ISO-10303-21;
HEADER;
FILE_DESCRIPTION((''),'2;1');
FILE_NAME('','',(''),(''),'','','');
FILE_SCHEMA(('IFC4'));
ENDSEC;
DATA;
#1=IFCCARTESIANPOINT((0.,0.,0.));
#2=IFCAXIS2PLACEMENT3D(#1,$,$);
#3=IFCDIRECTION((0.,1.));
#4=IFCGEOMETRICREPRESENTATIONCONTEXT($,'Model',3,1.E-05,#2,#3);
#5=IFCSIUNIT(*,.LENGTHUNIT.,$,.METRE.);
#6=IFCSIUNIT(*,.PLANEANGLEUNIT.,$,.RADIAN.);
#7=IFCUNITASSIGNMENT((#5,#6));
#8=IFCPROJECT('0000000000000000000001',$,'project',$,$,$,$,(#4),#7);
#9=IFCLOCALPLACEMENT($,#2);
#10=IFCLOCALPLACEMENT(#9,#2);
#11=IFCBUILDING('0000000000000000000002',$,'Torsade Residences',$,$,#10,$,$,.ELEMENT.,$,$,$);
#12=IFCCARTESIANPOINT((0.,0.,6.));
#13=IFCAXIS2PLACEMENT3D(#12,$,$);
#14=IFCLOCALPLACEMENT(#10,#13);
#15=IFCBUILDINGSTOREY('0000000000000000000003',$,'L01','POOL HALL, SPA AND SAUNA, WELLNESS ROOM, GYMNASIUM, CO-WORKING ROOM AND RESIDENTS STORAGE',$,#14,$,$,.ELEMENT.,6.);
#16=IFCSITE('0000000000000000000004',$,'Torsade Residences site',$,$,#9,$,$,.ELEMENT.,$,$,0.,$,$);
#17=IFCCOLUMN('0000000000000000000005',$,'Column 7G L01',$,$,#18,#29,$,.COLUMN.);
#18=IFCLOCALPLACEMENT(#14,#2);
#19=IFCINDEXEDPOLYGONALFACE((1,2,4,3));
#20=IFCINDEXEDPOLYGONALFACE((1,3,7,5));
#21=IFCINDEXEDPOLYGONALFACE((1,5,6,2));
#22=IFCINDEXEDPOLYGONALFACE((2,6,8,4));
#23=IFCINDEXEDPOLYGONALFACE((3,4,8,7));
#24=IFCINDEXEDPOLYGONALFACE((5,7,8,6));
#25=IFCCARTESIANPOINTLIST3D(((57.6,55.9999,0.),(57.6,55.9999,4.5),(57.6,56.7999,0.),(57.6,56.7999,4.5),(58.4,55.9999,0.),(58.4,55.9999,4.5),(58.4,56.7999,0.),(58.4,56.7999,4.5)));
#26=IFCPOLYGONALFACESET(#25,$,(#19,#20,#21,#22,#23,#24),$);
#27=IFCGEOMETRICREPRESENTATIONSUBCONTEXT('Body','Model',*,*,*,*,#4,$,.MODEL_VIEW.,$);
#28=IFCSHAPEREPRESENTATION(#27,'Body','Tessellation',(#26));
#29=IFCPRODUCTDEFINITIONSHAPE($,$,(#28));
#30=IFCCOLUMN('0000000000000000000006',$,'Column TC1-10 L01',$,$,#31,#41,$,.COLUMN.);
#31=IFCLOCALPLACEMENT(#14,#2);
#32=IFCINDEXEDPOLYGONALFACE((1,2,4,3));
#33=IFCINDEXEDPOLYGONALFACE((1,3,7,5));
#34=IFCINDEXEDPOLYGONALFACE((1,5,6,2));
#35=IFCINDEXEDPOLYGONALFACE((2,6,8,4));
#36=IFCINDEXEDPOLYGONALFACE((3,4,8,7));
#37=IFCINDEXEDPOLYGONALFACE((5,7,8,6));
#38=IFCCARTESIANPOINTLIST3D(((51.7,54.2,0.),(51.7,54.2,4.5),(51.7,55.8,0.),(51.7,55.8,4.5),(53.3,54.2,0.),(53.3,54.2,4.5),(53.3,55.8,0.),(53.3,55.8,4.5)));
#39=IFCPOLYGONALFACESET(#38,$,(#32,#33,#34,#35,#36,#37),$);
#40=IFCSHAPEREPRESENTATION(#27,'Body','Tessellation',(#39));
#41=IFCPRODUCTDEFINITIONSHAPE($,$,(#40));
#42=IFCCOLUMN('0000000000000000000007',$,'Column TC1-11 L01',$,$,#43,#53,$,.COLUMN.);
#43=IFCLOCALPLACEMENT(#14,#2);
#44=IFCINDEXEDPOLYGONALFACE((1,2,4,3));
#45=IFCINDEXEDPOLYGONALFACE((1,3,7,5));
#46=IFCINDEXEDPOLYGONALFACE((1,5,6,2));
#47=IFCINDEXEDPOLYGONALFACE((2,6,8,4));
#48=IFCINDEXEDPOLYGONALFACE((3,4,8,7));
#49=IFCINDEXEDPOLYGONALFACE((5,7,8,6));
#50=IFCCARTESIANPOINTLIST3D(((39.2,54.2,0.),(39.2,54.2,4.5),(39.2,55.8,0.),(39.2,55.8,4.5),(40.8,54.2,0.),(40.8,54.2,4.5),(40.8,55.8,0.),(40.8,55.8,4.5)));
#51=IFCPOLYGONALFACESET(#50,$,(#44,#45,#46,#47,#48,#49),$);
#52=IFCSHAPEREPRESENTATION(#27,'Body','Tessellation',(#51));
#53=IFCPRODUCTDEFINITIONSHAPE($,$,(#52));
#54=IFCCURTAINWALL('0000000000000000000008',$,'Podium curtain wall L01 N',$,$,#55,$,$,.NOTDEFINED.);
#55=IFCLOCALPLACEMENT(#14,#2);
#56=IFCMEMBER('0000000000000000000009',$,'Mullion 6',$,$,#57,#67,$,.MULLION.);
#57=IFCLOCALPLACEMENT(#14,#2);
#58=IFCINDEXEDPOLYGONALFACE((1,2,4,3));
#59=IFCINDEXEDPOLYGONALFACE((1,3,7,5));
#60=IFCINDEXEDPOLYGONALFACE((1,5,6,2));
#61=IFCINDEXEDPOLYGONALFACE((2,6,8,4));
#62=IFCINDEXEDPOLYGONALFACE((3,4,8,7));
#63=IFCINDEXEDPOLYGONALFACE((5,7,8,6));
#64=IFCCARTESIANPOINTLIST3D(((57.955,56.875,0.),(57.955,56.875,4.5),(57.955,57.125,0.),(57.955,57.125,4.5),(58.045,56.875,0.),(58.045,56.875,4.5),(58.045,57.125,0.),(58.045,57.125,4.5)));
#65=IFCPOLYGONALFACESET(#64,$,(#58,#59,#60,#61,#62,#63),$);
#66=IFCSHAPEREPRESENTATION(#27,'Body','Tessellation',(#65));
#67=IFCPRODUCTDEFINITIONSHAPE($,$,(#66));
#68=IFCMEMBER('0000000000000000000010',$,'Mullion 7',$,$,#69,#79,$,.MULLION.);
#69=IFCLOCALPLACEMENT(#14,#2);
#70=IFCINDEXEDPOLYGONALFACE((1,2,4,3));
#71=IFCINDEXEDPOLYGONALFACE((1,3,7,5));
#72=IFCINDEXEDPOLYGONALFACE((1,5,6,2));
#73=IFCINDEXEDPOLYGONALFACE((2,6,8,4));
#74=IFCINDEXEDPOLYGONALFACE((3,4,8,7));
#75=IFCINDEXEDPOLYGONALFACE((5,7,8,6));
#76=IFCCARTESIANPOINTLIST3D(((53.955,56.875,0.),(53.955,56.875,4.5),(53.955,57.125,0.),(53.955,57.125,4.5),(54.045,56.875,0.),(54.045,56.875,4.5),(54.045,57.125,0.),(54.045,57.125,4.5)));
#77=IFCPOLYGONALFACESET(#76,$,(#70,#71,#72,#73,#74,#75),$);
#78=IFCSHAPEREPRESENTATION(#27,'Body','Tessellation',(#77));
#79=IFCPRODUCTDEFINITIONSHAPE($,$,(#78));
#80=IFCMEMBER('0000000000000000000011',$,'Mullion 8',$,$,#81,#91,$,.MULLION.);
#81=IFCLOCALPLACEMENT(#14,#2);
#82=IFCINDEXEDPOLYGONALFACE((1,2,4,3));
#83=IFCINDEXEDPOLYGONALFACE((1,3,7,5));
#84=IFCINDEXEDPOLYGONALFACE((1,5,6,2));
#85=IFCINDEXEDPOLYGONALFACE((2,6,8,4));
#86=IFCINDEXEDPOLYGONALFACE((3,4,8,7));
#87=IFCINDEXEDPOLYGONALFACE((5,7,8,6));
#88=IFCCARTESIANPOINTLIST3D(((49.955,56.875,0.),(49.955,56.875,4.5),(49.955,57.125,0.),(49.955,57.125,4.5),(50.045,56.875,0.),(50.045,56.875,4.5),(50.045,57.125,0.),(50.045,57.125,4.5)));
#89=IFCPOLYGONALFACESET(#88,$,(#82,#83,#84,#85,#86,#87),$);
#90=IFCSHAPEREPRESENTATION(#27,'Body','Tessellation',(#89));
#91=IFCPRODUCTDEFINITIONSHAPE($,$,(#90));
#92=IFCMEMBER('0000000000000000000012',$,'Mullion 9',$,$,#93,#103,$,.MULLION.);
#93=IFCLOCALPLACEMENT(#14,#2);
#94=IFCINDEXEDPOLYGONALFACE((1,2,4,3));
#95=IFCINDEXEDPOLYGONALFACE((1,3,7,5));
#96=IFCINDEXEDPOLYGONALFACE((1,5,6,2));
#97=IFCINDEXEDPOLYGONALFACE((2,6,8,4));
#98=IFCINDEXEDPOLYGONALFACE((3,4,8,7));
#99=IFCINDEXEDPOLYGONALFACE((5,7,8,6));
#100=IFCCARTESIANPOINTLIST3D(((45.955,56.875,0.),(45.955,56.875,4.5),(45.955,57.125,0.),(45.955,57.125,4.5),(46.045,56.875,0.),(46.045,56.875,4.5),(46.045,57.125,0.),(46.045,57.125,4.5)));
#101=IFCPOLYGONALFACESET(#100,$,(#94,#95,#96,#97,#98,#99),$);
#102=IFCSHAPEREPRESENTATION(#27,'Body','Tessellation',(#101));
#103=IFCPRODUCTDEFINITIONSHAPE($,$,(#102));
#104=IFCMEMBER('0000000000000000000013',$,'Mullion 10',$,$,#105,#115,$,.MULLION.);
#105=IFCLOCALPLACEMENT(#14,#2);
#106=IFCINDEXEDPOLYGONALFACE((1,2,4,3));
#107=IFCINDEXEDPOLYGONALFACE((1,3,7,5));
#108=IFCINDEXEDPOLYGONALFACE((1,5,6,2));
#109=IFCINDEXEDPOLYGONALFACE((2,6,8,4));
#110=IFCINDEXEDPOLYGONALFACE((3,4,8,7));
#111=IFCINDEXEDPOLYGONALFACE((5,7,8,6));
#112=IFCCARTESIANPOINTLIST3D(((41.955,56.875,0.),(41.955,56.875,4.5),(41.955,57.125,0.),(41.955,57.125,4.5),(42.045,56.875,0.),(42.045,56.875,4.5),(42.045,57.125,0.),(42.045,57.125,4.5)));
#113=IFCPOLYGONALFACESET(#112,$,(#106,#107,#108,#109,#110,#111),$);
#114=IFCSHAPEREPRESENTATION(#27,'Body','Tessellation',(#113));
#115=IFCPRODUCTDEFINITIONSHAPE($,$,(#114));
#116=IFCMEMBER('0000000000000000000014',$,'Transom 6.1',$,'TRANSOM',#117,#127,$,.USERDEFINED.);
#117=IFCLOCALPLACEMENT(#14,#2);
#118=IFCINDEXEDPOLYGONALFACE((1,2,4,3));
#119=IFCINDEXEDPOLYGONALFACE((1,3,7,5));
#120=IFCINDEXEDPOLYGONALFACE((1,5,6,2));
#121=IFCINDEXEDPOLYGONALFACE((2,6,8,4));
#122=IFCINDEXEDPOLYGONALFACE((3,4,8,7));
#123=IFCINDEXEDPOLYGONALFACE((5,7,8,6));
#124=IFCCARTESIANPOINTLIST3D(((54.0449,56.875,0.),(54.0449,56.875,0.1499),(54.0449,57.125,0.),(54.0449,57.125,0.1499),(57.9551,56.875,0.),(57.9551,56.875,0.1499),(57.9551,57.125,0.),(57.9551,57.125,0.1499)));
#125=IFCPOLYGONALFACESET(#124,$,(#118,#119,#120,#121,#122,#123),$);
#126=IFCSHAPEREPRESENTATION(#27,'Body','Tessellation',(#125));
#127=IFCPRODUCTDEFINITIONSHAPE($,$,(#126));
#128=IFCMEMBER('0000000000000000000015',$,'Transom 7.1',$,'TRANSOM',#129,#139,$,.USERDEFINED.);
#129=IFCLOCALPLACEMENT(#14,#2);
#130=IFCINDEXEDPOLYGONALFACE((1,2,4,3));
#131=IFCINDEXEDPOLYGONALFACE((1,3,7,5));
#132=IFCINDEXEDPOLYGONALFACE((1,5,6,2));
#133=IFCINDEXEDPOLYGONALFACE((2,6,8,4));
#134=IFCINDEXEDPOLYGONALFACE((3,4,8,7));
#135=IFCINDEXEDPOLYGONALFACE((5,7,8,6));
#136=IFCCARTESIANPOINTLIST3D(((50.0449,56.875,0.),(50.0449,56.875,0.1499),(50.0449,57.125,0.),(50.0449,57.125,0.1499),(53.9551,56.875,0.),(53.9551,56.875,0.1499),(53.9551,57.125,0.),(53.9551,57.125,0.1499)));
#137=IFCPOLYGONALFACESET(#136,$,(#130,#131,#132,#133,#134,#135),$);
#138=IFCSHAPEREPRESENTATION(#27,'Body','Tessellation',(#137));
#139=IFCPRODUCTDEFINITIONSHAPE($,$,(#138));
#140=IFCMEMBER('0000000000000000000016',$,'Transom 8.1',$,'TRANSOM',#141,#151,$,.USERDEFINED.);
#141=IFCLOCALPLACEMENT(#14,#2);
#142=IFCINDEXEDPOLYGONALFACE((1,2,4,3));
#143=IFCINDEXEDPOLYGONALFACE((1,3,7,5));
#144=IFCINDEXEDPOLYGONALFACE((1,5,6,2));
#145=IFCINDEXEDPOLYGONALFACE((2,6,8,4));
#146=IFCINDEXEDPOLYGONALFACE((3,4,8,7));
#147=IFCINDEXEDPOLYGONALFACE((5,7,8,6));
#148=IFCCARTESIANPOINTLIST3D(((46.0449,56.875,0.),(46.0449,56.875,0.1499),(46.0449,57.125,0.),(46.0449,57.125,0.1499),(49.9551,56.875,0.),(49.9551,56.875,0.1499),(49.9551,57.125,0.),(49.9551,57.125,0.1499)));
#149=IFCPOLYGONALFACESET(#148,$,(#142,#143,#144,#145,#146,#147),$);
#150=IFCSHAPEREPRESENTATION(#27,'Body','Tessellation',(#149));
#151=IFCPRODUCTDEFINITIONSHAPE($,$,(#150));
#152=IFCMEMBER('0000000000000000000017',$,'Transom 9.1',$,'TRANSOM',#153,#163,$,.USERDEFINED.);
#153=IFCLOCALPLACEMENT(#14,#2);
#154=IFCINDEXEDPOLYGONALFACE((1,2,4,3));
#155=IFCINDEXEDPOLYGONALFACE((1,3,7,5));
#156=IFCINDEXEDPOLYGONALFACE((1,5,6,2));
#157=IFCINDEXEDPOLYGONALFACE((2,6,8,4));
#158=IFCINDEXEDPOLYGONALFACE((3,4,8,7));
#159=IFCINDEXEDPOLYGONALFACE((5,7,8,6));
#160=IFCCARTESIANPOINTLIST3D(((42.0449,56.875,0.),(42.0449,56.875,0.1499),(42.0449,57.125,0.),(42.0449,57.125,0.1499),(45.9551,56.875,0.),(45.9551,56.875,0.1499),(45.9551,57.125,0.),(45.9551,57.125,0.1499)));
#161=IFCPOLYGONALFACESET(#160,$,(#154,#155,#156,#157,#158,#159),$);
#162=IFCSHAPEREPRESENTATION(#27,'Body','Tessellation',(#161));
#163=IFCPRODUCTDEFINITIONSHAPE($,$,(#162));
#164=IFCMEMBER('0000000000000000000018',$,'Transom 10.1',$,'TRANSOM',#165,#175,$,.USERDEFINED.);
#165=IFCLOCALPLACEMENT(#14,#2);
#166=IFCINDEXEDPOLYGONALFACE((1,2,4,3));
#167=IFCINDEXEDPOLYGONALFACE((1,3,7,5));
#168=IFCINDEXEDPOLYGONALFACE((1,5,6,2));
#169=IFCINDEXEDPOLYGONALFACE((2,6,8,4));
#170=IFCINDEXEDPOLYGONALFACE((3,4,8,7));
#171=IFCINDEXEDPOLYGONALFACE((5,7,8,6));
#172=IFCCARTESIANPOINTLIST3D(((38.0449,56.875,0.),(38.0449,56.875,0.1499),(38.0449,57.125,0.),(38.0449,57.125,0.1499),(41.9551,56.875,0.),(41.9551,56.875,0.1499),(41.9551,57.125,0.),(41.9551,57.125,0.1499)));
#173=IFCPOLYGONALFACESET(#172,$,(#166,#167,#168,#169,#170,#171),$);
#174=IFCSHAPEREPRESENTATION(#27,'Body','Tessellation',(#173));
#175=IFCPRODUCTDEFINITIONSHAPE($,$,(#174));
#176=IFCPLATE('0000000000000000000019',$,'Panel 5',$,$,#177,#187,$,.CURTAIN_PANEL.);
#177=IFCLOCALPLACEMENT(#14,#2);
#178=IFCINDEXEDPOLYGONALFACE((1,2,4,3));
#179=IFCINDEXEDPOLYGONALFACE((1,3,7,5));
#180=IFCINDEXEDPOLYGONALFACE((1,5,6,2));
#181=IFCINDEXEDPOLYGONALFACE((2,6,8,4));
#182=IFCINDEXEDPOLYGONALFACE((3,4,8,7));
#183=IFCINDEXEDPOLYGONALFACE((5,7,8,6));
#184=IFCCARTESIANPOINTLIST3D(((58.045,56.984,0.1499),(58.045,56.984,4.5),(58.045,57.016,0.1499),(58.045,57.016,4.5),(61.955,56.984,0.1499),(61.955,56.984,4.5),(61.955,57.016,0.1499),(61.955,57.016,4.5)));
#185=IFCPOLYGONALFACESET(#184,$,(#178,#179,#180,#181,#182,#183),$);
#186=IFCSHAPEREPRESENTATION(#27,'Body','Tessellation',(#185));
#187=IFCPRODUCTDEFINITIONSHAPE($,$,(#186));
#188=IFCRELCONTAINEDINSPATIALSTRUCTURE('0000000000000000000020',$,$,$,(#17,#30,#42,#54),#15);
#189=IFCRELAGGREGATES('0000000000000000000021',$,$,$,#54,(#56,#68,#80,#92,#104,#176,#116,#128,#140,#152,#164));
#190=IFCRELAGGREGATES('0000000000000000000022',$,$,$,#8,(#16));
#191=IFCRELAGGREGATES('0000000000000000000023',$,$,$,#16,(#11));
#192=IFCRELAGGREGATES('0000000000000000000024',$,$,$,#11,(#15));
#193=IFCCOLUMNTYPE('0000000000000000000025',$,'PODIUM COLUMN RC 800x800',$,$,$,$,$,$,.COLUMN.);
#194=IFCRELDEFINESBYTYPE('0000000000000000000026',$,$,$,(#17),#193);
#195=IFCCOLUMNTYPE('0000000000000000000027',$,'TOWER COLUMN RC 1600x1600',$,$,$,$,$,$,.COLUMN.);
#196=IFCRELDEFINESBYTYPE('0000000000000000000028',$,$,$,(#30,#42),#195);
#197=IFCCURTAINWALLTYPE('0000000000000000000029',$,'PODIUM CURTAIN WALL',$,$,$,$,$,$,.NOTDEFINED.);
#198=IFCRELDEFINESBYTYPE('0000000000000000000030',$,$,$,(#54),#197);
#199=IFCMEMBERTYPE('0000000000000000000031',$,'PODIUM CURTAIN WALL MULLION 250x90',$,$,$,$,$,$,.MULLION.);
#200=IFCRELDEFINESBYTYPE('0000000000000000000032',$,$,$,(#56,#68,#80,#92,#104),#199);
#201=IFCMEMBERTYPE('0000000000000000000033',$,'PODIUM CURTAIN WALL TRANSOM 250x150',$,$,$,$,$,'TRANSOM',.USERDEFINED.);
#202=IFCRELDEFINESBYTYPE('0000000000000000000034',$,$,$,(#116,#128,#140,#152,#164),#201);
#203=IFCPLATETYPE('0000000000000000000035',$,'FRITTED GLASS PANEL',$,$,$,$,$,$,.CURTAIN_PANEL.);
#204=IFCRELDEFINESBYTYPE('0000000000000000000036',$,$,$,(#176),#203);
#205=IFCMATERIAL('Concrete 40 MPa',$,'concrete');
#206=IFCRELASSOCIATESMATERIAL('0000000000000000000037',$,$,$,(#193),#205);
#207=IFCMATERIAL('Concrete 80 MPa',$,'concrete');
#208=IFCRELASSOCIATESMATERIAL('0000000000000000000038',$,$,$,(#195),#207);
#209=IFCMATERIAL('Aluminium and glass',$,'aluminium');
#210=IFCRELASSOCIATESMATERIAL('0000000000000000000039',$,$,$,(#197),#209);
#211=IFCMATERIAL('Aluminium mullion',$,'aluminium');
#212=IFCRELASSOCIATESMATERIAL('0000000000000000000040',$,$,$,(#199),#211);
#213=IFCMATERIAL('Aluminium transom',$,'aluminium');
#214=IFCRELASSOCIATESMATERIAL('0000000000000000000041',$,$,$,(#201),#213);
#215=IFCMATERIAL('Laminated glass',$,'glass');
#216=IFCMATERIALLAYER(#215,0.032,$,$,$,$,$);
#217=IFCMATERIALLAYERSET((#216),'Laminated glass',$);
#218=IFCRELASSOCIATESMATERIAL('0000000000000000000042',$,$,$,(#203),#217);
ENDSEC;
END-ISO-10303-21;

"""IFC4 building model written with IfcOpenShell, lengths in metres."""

from ifc_helpers import new_model, si_unit, direction, frame, origin, origin_2d, place, context, subcontext, project, spatial, rectangle, extrude, material, layer, layer_set, material_profile, profile_set, type_object, element, aggregate, save


model = new_model("IFC4")

# Units and contexts
model_context = context("Model", 3, precision=1e-05, world=origin(), true_north=direction((0.0, 1.0)))
body_context = subcontext(model_context, "Body", "Model", "MODEL_VIEW")
ifc_project = project(units=[si_unit("LENGTHUNIT", "METRE"), si_unit("PLANEANGLEUNIT", "RADIAN")], contexts=[model_context])

# Site, building, storey
site_placement = place(None, origin())
site = spatial("IfcSite", under=ifc_project, at=site_placement, Name="Torsade Residences site", CompositionType="ELEMENT", RefElevation=0.0)
building_placement = place(site_placement, origin())
building = spatial("IfcBuilding", under=site, at=building_placement, Name="Torsade Residences", CompositionType="ELEMENT")
storey_placement = place(building_placement, frame((0.0, 0.0, 6.0)))
storey = spatial("IfcBuildingStorey", under=building, at=storey_placement, Name="L01", Description="POOL HALL, SPA AND SAUNA, WELLNESS ROOM, GYMNASIUM, CO-WORKING ROOM AND RESIDENTS STORAGE", CompositionType="ELEMENT", Elevation=6.0)

# Columns
ifc_material_1 = material(Name="Concrete 40 MPa", Category="concrete")
ifc_material_profile_1 = material_profile(ifc_material_1, rectangle(XDim=0.8, YDim=0.8, at=origin_2d()), Name="RC 800x800")
ifc_profile_set_1 = profile_set([ifc_material_profile_1], Name="Concrete 40 MPa")
column_type_1 = type_object("IfcColumnType", Name="PODIUM COLUMN RC 800x800", PredefinedType="COLUMN", material=ifc_profile_set_1)
column_placement = place(storey_placement, frame((58.0, 56.3999, 0.0), z_axis=(0.0, 0.0, 1.0), x_axis=(1.0, 0.0, 0.0)))
element("IfcColumn", 1, at=column_placement, inside=storey, type_object=column_type_1, Name="Column 7G L01", PredefinedType="COLUMN", context=body_context, shape_type="SweptSolid", body=[
    extrude(rectangle(XDim=0.8, YDim=0.8, at=origin_2d()), origin(), (0.0, 0.0, 1.0), 4.5),
])
ifc_material_2 = material(Name="Concrete 80 MPa", Category="concrete")
ifc_material_profile_2 = material_profile(ifc_material_2, rectangle(XDim=1.6001, YDim=1.6001, at=origin_2d()), Name="RC 1600x1600")
ifc_profile_set_2 = profile_set([ifc_material_profile_2], Name="Concrete 80 MPa")
column_type_2 = type_object("IfcColumnType", Name="TOWER COLUMN RC 1600x1600", PredefinedType="COLUMN", material=ifc_profile_set_2)
for number, where, z_axis, x_axis, name in (
    (2, (52.5, 55.0, 0.0), (0.0, 0.0, 1.0), (1.0, 0.0, 0.0), "Column TC1-10 L01"),
    (3, (40.0, 55.0, 0.0), (0.0, 0.0, 1.0), (1.0, 0.0, 0.0), "Column TC1-11 L01"),
):
    element("IfcColumn", number, at=place(storey_placement, frame(where, z_axis=z_axis, x_axis=x_axis)), inside=storey, type_object=column_type_2, Name=name, PredefinedType="COLUMN", context=body_context, shape_type="SweptSolid", body=[
        extrude(rectangle(XDim=1.6001, YDim=1.6001, at=origin_2d()), origin(), (0.0, 0.0, 1.0), 4.5),
    ])

# Curtain wall, members, plate
ifc_material_3 = material(Name="Aluminium and glass", Category="aluminium")
curtain_wall_type = type_object("IfcCurtainWallType", Name="PODIUM CURTAIN WALL", PredefinedType="NOTDEFINED", material=ifc_material_3)
curtain_wall_placement = place(storey_placement, origin())
curtain_wall = element("IfcCurtainWall", 4, at=curtain_wall_placement, inside=storey, type_object=curtain_wall_type, Name="Podium curtain wall L01 N", PredefinedType="NOTDEFINED")
ifc_material_4 = material(Name="Aluminium mullion", Category="aluminium")
ifc_material_profile_3 = material_profile(ifc_material_4, rectangle(XDim=0.25, YDim=0.0901, at=origin_2d()), Name="PODIUM CURTAIN WALL MULLION 250x90")
ifc_profile_set_3 = profile_set([ifc_material_profile_3], Name="Aluminium mullion")
member_type_1 = type_object("IfcMemberType", Name="PODIUM CURTAIN WALL MULLION 250x90", PredefinedType="MULLION", material=ifc_profile_set_3)
member_1_placement = place(storey_placement, frame((58.0, 57.0, 0.0), z_axis=(0.0, 0.0, 1.0), x_axis=(0.0, -1.0, 0.0)))
member_1 = element("IfcMember", 5, at=member_1_placement, type_object=member_type_1, Name="Mullion 6", PredefinedType="MULLION", context=body_context, shape_type="SweptSolid", body=[
    extrude(rectangle(XDim=0.25, YDim=0.0901, at=origin_2d()), origin(), (0.0, 0.0, 1.0), 4.5),
])
member_2_placement = place(storey_placement, frame((54.0, 57.0, 0.0), z_axis=(0.0, 0.0, 1.0), x_axis=(0.0, -1.0, 0.0)))
member_2 = element("IfcMember", 6, at=member_2_placement, type_object=member_type_1, Name="Mullion 7", PredefinedType="MULLION", context=body_context, shape_type="SweptSolid", body=[
    extrude(rectangle(XDim=0.25, YDim=0.0901, at=origin_2d()), origin(), (0.0, 0.0, 1.0), 4.5),
])
member_3_placement = place(storey_placement, frame((50.0, 57.0, 0.0), z_axis=(0.0, 0.0, 1.0), x_axis=(0.0, -1.0, 0.0)))
member_3 = element("IfcMember", 7, at=member_3_placement, type_object=member_type_1, Name="Mullion 8", PredefinedType="MULLION", context=body_context, shape_type="SweptSolid", body=[
    extrude(rectangle(XDim=0.25, YDim=0.0901, at=origin_2d()), origin(), (0.0, 0.0, 1.0), 4.5),
])
member_4_placement = place(storey_placement, frame((46.0, 57.0, 0.0), z_axis=(0.0, 0.0, 1.0), x_axis=(0.0, -1.0, 0.0)))
member_4 = element("IfcMember", 8, at=member_4_placement, type_object=member_type_1, Name="Mullion 9", PredefinedType="MULLION", context=body_context, shape_type="SweptSolid", body=[
    extrude(rectangle(XDim=0.25, YDim=0.0901, at=origin_2d()), origin(), (0.0, 0.0, 1.0), 4.5),
])
member_5_placement = place(storey_placement, frame((42.0, 57.0, 0.0), z_axis=(0.0, 0.0, 1.0), x_axis=(0.0, -1.0, 0.0)))
member_5 = element("IfcMember", 9, at=member_5_placement, type_object=member_type_1, Name="Mullion 10", PredefinedType="MULLION", context=body_context, shape_type="SweptSolid", body=[
    extrude(rectangle(XDim=0.25, YDim=0.0901, at=origin_2d()), origin(), (0.0, 0.0, 1.0), 4.5),
])
ifc_material_5 = material(Name="Aluminium transom", Category="aluminium")
ifc_material_profile_4 = material_profile(ifc_material_5, rectangle(XDim=0.25, YDim=0.1499, at=origin_2d()), Name="PODIUM CURTAIN WALL TRANSOM 250x150")
ifc_profile_set_4 = profile_set([ifc_material_profile_4], Name="Aluminium transom")
member_type_2 = type_object("IfcMemberType", Name="PODIUM CURTAIN WALL TRANSOM 250x150", ElementType="TRANSOM", PredefinedType="USERDEFINED", material=ifc_profile_set_4)
member_6_placement = place(storey_placement, frame((57.9551, 57.0, 0.075), z_axis=(-1.0, 0.0, 0.0), x_axis=(0.0, -1.0, 0.0)))
member_6 = element("IfcMember", 10, at=member_6_placement, type_object=member_type_2, Name="Transom 6.1", ObjectType="TRANSOM", PredefinedType="USERDEFINED", context=body_context, shape_type="SweptSolid", body=[
    extrude(rectangle(XDim=0.25, YDim=0.1499, at=origin_2d()), origin(), (0.0, 0.0, 1.0), 3.9102),
])
member_7_placement = place(storey_placement, frame((53.9551, 57.0, 0.075), z_axis=(-1.0, 0.0, 0.0), x_axis=(0.0, -1.0, 0.0)))
member_7 = element("IfcMember", 11, at=member_7_placement, type_object=member_type_2, Name="Transom 7.1", ObjectType="TRANSOM", PredefinedType="USERDEFINED", context=body_context, shape_type="SweptSolid", body=[
    extrude(rectangle(XDim=0.25, YDim=0.1499, at=origin_2d()), origin(), (0.0, 0.0, 1.0), 3.9102),
])
member_8_placement = place(storey_placement, frame((49.9551, 57.0, 0.075), z_axis=(-1.0, 0.0, 0.0), x_axis=(0.0, -1.0, 0.0)))
member_8 = element("IfcMember", 12, at=member_8_placement, type_object=member_type_2, Name="Transom 8.1", ObjectType="TRANSOM", PredefinedType="USERDEFINED", context=body_context, shape_type="SweptSolid", body=[
    extrude(rectangle(XDim=0.25, YDim=0.1499, at=origin_2d()), origin(), (0.0, 0.0, 1.0), 3.9102),
])
member_9_placement = place(storey_placement, frame((45.9551, 57.0, 0.075), z_axis=(-1.0, 0.0, 0.0), x_axis=(0.0, -1.0, 0.0)))
member_9 = element("IfcMember", 13, at=member_9_placement, type_object=member_type_2, Name="Transom 9.1", ObjectType="TRANSOM", PredefinedType="USERDEFINED", context=body_context, shape_type="SweptSolid", body=[
    extrude(rectangle(XDim=0.25, YDim=0.1499, at=origin_2d()), origin(), (0.0, 0.0, 1.0), 3.9102),
])
member_10_placement = place(storey_placement, frame((41.9551, 57.0, 0.075), z_axis=(-1.0, 0.0, 0.0), x_axis=(0.0, -1.0, 0.0)))
member_10 = element("IfcMember", 14, at=member_10_placement, type_object=member_type_2, Name="Transom 10.1", ObjectType="TRANSOM", PredefinedType="USERDEFINED", context=body_context, shape_type="SweptSolid", body=[
    extrude(rectangle(XDim=0.25, YDim=0.1499, at=origin_2d()), origin(), (0.0, 0.0, 1.0), 3.9102),
])
ifc_material_6 = material(Name="Laminated glass", Category="glass")
ifc_layer_1 = layer(ifc_material_6, 0.032)
ifc_layer_set_1 = layer_set([ifc_layer_1], Name="Laminated glass")
plate_type_1 = type_object("IfcPlateType", Name="FRITTED GLASS PANEL", PredefinedType="CURTAIN_PANEL", material=ifc_layer_set_1)
plate_1_placement = place(storey_placement, frame((60.0, 57.0, 0.1499), z_axis=(0.0, 0.0, 1.0), x_axis=(-1.0, 0.0, 0.0)))
plate_1 = element("IfcPlate", 15, at=plate_1_placement, type_object=plate_type_1, Name="Panel 5", PredefinedType="CURTAIN_PANEL", context=body_context, shape_type="SweptSolid", body=[
    extrude(rectangle(XDim=3.9099, YDim=0.032, at=origin_2d()), origin(), (0.0, 0.0, 1.0), 4.3501),
])
aggregate(curtain_wall, [member_1, member_2, member_3, member_4, member_5, plate_1, member_6, member_7, member_8, member_9, member_10])

save(model, "model.ifc")
